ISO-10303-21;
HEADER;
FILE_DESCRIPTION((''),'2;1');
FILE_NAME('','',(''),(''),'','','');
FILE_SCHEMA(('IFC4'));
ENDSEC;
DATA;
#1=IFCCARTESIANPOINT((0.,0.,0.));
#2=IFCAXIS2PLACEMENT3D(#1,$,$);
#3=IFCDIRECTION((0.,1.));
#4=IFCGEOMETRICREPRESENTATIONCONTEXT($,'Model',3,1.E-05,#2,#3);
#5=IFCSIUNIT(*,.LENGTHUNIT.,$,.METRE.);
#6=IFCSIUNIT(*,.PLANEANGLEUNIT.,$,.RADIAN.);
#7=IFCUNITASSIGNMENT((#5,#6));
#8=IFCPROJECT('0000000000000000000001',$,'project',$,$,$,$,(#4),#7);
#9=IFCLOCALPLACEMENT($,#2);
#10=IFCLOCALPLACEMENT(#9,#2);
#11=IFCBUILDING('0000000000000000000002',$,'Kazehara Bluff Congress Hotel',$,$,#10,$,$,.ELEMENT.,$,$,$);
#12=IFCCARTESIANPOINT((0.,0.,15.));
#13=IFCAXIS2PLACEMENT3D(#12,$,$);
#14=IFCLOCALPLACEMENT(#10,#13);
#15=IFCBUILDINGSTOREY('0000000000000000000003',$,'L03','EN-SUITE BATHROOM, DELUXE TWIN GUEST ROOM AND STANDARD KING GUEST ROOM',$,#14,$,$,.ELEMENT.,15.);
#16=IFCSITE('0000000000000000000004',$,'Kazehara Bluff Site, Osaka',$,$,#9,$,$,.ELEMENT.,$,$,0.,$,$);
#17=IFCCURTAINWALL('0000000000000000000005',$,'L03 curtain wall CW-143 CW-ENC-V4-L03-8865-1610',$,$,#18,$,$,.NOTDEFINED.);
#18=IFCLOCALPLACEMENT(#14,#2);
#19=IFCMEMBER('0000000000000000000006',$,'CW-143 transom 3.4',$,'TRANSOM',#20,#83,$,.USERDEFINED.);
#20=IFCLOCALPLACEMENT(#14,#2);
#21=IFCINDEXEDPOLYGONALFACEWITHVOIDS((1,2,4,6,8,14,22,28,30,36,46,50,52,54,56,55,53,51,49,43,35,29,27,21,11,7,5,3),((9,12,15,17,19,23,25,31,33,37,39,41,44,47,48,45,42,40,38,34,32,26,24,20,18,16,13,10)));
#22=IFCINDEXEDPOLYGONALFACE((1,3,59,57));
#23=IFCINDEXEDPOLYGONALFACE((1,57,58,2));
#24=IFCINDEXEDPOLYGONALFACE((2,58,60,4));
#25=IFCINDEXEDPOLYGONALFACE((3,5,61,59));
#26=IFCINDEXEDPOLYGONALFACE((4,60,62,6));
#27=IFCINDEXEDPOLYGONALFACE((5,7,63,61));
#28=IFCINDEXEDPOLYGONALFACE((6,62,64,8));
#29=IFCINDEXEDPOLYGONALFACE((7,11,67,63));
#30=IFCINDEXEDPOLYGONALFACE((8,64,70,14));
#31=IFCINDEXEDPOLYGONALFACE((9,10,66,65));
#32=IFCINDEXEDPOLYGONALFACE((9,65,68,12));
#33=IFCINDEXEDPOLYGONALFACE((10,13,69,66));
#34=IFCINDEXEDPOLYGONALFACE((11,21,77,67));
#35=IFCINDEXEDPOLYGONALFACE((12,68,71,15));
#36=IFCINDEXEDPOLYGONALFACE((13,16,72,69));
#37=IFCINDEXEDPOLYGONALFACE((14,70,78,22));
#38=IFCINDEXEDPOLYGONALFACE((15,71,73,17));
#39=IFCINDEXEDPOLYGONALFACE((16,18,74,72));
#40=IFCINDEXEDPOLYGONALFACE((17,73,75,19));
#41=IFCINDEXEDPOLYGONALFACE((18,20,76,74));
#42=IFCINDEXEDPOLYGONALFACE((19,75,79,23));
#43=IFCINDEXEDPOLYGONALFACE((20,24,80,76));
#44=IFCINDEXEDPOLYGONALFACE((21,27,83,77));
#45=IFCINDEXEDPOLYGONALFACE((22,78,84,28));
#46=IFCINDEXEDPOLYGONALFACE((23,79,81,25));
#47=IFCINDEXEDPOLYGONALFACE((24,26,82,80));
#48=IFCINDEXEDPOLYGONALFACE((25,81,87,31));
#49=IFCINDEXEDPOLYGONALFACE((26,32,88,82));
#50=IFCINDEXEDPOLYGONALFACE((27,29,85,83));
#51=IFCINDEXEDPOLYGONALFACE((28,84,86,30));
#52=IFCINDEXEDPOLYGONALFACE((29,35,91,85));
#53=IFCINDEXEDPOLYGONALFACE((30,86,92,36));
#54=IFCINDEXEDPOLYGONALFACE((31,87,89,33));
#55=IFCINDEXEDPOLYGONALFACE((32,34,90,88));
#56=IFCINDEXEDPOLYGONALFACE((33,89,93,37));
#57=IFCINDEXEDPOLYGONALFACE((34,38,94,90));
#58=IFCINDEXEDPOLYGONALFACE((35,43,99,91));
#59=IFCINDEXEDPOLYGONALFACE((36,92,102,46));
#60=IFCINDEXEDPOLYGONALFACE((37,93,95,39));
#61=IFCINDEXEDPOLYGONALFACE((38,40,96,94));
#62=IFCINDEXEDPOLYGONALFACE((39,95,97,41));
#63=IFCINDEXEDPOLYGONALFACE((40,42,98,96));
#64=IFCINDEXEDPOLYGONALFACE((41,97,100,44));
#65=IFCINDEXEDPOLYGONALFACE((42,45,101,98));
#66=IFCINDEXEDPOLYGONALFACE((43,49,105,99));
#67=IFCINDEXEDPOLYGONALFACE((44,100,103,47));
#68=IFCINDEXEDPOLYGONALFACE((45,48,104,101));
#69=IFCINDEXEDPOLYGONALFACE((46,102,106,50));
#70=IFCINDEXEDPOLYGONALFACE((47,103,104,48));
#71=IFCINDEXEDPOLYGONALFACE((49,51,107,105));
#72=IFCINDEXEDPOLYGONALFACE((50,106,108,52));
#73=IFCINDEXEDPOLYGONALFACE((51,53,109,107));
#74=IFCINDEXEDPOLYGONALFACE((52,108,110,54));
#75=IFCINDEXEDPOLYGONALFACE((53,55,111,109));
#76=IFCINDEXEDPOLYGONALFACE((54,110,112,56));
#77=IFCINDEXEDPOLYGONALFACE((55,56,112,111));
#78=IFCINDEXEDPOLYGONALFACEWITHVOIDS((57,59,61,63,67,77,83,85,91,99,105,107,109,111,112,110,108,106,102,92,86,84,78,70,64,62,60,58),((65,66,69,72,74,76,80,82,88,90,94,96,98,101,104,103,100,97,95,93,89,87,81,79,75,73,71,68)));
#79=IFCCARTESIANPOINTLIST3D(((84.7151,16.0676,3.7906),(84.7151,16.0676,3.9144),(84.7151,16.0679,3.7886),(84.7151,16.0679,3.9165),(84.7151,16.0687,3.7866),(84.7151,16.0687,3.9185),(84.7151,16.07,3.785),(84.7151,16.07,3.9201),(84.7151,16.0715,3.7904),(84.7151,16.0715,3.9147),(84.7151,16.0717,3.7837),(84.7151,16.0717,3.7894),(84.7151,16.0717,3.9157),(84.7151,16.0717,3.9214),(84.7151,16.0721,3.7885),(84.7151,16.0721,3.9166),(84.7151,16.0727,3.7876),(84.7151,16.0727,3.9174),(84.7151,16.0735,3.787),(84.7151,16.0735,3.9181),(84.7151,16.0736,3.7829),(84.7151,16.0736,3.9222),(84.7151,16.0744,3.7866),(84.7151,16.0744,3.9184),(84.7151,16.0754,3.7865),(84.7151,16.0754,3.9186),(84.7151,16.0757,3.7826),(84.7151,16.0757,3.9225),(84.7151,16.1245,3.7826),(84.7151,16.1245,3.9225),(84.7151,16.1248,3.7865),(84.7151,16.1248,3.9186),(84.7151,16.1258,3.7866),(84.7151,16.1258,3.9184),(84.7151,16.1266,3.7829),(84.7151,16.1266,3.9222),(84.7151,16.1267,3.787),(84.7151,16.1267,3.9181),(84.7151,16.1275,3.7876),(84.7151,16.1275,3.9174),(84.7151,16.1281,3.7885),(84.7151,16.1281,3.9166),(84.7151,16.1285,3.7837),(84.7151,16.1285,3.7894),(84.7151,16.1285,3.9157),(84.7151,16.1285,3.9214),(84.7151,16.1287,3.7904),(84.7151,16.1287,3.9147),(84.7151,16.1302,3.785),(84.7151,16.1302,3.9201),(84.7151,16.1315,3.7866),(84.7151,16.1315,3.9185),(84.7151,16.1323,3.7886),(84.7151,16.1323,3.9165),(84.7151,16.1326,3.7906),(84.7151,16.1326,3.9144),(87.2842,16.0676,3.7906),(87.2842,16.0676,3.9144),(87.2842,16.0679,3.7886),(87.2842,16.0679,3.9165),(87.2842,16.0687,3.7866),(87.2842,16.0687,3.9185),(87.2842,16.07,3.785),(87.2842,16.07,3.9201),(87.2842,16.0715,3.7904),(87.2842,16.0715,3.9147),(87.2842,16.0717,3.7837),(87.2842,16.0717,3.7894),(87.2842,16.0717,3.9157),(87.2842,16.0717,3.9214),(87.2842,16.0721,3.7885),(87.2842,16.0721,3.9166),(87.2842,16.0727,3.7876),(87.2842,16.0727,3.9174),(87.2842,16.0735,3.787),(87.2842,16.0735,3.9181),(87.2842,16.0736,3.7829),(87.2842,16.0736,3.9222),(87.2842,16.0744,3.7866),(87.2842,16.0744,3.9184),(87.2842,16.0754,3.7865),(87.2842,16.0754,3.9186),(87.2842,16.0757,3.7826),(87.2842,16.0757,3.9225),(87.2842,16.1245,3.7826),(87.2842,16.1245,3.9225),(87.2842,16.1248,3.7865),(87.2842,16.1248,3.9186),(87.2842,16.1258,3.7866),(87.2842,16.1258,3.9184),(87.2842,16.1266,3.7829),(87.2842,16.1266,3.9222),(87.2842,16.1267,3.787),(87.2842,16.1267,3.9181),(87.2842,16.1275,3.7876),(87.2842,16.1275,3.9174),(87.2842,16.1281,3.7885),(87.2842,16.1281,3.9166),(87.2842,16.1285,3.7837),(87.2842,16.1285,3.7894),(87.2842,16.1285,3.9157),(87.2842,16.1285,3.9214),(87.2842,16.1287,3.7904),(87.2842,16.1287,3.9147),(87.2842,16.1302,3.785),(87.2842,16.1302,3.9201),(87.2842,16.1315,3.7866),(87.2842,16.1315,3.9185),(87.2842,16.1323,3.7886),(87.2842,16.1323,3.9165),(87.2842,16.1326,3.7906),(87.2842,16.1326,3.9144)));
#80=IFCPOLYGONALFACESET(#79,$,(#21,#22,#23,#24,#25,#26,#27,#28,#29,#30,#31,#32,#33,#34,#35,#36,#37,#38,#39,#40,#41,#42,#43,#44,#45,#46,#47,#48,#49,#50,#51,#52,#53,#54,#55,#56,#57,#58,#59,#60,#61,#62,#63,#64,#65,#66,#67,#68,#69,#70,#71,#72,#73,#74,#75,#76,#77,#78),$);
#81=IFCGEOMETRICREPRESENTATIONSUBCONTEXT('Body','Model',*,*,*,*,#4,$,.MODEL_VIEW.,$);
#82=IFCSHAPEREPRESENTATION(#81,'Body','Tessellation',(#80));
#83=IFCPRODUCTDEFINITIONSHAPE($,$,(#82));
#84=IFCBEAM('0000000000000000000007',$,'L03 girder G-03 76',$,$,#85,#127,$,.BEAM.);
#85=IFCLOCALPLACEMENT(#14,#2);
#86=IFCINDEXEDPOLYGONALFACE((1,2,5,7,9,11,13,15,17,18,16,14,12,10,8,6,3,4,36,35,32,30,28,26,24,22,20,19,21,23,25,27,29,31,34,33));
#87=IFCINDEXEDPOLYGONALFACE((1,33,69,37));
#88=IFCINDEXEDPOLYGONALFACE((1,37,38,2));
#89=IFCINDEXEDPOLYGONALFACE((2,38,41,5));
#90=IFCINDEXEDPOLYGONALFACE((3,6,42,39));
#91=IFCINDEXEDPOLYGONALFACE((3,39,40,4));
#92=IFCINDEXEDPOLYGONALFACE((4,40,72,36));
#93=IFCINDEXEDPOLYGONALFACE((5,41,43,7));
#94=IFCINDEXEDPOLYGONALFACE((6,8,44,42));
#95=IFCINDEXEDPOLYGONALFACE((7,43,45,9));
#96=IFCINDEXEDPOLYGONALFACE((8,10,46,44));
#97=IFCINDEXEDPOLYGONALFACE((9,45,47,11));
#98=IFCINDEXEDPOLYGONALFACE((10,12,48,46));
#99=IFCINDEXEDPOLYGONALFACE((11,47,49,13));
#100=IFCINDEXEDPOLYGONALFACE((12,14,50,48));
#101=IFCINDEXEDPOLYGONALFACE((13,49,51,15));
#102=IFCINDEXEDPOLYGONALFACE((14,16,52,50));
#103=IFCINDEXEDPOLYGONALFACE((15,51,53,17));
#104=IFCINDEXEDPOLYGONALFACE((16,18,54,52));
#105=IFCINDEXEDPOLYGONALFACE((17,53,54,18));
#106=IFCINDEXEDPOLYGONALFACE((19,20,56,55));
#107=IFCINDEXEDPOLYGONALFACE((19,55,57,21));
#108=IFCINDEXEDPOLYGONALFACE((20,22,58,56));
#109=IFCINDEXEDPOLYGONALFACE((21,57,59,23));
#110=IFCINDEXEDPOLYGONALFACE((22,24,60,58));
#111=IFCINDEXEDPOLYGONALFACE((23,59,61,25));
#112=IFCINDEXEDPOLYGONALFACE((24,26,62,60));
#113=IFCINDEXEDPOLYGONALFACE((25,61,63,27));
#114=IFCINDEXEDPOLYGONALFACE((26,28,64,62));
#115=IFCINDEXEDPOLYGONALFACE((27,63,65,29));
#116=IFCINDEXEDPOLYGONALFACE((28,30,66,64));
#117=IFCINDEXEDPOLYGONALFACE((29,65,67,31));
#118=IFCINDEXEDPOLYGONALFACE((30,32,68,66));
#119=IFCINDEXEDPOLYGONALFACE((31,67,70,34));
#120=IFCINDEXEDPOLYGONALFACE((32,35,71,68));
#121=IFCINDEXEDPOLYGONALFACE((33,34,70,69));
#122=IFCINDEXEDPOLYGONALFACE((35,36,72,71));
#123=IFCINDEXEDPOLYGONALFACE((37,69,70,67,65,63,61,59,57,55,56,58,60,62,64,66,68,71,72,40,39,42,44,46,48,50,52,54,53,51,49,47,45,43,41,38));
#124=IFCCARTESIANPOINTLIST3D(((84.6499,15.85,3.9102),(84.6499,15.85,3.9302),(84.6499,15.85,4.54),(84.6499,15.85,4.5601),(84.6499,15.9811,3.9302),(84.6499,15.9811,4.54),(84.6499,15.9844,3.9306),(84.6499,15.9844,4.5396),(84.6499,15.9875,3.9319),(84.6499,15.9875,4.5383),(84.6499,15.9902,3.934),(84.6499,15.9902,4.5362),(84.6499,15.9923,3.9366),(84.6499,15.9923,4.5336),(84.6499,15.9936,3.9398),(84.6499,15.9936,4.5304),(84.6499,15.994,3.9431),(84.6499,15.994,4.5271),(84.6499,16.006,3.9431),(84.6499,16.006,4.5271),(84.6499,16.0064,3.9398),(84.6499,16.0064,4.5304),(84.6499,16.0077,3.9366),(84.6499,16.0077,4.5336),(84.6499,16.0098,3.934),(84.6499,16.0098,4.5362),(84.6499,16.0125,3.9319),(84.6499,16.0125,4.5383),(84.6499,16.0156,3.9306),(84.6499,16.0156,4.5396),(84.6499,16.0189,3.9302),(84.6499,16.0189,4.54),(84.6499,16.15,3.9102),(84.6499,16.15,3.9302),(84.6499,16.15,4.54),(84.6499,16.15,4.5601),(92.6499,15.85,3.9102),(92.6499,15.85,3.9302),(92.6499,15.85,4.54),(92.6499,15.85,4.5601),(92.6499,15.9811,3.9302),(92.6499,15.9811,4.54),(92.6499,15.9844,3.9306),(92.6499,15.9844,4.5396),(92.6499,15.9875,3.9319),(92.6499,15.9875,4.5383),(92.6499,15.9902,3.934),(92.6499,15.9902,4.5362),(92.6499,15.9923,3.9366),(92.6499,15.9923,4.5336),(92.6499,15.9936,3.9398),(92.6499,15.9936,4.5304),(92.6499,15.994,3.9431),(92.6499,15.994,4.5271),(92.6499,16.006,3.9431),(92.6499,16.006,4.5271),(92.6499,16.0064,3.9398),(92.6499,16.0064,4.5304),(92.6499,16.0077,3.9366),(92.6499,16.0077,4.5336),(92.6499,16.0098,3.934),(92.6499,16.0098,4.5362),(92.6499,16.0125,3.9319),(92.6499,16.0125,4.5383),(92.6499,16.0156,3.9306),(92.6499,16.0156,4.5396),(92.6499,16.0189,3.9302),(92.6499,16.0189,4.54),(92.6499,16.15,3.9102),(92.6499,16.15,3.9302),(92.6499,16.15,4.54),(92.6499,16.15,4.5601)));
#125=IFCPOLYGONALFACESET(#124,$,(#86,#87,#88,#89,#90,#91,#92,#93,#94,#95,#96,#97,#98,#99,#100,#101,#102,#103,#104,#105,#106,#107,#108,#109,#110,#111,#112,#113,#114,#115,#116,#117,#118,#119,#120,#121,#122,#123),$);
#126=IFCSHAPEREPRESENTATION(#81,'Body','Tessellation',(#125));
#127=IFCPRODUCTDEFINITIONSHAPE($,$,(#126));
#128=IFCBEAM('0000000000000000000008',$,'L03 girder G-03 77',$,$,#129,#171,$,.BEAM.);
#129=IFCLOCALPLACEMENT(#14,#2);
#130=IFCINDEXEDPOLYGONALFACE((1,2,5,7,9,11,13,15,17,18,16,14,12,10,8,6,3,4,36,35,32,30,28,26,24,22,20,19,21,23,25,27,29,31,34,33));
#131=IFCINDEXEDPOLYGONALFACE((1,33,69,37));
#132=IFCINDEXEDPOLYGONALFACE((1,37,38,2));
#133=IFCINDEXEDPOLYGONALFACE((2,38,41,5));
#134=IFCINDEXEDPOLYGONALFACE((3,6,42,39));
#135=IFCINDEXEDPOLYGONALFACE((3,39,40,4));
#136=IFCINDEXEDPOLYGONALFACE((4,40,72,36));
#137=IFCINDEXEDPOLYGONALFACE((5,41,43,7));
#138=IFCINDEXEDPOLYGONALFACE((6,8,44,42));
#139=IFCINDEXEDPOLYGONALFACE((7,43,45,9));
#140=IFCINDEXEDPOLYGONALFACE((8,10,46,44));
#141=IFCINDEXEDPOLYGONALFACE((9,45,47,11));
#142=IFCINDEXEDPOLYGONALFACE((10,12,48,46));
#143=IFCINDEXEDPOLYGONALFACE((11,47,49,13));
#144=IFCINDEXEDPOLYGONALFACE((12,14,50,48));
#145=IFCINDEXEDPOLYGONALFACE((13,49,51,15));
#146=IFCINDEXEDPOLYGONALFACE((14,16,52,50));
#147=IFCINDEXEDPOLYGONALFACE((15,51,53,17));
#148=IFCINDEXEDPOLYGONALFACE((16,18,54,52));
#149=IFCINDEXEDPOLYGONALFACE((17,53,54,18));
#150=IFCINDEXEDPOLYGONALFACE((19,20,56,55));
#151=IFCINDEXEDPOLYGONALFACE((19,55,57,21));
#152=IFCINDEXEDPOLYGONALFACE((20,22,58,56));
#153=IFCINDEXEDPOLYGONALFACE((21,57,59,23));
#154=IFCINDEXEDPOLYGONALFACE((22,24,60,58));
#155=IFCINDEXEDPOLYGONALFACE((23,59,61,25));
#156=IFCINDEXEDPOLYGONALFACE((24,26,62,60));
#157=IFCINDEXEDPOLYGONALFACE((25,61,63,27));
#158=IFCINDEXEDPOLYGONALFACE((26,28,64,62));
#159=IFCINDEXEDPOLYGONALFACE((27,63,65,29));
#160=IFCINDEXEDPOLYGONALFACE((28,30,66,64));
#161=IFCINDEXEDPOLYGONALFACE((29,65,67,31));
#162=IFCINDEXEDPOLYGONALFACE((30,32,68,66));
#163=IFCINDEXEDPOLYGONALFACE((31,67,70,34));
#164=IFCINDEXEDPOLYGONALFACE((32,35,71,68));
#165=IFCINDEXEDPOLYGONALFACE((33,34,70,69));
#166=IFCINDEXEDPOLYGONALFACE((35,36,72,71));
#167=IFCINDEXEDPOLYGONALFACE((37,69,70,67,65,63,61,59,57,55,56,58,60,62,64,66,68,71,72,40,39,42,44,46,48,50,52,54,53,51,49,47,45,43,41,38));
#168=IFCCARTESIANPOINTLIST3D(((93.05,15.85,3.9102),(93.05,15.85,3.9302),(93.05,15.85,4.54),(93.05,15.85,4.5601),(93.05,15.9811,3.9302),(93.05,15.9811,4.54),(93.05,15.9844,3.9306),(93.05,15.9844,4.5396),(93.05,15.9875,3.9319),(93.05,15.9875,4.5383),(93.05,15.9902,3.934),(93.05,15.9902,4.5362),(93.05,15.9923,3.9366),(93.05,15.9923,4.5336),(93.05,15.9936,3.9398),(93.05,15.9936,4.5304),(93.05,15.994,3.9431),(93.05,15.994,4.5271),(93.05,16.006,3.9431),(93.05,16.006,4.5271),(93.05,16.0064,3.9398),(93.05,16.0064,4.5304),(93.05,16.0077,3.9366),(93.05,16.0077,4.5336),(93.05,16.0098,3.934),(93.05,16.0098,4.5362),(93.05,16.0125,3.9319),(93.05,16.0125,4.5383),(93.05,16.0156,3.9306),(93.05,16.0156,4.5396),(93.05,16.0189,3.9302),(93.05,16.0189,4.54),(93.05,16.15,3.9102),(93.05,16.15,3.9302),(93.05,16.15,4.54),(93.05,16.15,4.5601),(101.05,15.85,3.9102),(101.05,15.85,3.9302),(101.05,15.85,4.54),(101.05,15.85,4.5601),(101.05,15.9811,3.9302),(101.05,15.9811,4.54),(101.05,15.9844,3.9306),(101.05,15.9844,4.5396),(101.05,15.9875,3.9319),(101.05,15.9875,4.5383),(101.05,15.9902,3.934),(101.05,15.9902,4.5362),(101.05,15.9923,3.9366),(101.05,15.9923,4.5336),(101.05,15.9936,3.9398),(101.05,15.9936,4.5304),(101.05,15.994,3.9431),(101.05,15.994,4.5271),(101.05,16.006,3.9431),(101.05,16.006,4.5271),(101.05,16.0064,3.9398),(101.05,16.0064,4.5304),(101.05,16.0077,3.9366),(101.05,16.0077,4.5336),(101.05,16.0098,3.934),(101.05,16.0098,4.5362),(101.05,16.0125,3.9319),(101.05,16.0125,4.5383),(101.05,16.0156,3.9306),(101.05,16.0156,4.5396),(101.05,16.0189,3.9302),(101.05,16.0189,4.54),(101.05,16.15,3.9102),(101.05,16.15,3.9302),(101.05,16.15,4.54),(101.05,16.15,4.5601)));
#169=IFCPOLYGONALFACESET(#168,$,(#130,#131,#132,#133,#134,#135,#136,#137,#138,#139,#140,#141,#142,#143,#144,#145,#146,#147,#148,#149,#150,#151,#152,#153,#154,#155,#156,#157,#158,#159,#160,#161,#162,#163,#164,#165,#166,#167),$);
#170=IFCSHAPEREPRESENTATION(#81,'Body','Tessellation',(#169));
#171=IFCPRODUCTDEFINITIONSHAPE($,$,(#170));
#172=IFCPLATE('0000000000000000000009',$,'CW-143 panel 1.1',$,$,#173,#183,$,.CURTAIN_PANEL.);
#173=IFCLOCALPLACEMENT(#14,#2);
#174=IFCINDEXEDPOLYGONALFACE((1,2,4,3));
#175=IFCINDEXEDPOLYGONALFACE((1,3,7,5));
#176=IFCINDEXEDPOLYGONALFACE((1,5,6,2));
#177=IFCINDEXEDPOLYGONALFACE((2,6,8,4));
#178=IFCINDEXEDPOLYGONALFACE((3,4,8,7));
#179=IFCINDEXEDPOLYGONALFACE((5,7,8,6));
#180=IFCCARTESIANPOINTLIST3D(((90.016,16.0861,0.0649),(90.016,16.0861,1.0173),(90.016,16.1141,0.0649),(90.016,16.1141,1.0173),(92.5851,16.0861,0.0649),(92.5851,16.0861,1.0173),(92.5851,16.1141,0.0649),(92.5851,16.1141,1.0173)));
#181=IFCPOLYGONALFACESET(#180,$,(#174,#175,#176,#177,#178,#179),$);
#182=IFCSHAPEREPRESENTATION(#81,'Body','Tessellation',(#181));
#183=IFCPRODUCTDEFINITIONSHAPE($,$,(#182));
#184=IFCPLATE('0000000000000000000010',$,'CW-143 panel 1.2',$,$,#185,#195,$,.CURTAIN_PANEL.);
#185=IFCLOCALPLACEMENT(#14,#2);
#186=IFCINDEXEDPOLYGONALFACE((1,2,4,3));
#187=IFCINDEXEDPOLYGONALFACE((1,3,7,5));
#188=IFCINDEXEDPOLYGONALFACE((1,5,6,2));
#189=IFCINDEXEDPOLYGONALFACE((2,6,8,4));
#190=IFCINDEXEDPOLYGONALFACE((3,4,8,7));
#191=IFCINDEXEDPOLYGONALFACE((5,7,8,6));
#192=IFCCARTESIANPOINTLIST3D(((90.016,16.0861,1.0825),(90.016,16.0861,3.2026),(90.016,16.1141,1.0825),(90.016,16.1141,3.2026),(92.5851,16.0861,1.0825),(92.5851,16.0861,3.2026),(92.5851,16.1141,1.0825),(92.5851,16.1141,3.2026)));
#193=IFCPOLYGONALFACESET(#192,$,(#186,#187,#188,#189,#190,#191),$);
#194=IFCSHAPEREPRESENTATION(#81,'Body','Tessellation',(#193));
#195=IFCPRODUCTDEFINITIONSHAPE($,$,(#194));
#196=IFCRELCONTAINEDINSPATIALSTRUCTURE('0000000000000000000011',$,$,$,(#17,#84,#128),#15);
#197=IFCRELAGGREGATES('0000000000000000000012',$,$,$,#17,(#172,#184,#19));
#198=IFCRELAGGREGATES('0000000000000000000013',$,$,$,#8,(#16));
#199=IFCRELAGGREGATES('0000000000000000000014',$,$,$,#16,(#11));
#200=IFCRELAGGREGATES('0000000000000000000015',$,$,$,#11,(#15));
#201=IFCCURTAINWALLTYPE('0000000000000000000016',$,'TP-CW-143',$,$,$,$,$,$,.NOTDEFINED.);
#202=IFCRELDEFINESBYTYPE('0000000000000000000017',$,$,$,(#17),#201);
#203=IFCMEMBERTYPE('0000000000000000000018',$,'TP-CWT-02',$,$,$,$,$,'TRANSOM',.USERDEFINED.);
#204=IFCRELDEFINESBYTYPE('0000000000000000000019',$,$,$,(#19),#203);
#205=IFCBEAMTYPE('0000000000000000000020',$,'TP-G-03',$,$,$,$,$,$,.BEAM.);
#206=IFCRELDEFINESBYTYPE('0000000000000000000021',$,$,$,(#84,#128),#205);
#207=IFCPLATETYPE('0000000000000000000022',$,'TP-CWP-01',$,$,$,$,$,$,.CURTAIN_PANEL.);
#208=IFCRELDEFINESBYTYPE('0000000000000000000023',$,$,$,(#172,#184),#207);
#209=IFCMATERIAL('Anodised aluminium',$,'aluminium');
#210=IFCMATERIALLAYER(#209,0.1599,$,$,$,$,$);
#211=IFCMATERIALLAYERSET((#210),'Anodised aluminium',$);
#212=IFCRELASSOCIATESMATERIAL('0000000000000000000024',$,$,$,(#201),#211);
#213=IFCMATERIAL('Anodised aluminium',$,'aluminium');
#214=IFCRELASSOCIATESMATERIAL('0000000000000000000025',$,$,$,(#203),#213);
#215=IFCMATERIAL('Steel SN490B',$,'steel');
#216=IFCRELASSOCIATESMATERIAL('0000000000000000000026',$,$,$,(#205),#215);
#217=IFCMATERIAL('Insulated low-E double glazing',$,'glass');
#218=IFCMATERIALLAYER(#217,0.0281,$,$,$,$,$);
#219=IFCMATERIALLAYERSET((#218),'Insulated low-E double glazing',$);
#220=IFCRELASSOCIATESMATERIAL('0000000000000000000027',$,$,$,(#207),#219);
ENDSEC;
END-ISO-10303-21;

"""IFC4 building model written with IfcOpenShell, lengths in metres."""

from ifc_helpers import new_model, si_unit, direction, frame, origin, origin_2d, place, context, subcontext, project, spatial, rectangle, hollow_rectangle, i_section, extrude, material, layer, layer_set, material_profile, profile_set, type_object, element, aggregate, save


model = new_model("IFC4")

# Units and contexts
model_context = context("Model", 3, precision=1e-05, world=origin(), true_north=direction((0.0, 1.0)))
body_context = subcontext(model_context, "Body", "Model", "MODEL_VIEW")
ifc_project = project(units=[si_unit("LENGTHUNIT", "METRE"), si_unit("PLANEANGLEUNIT", "RADIAN")], contexts=[model_context])

# Site, building, storey
site_placement = place(None, origin())
site = spatial("IfcSite", under=ifc_project, at=site_placement, Name="Kazehara Bluff Site, Osaka", CompositionType="ELEMENT", RefElevation=0.0)
building_placement = place(site_placement, origin())
building = spatial("IfcBuilding", under=site, at=building_placement, Name="Kazehara Bluff Congress Hotel", CompositionType="ELEMENT")
storey_placement = place(building_placement, frame((0.0, 0.0, 15.0)))
storey = spatial("IfcBuildingStorey", under=building, at=storey_placement, Name="L03", Description="EN-SUITE BATHROOM, DELUXE TWIN GUEST ROOM AND STANDARD KING GUEST ROOM", CompositionType="ELEMENT", Elevation=15.0)

# Curtain wall, member
ifc_material_1 = material(Name="Anodised aluminium", Category="aluminium")
ifc_layer_1 = layer(ifc_material_1, 0.1599)
ifc_layer_set_1 = layer_set([ifc_layer_1], Name="Anodised aluminium")
curtain_wall_type = type_object("IfcCurtainWallType", Name="TP-CW-143", PredefinedType="NOTDEFINED", material=ifc_layer_set_1)
curtain_wall_placement = place(storey_placement, origin())
curtain_wall = element("IfcCurtainWall", 1, at=curtain_wall_placement, inside=storey, type_object=curtain_wall_type, Name="L03 curtain wall CW-143 CW-ENC-V4-L03-8865-1610", PredefinedType="NOTDEFINED")
ifc_material_2 = material(Name="Anodised aluminium", Category="aluminium")
ifc_material_profile_1 = material_profile(ifc_material_2, hollow_rectangle(XDim=0.0649, YDim=0.1399, WallThickness=0.0039, InnerFilletRadius=0.0039, OuterFilletRadius=0.0081, at=origin_2d()))
ifc_profile_set_1 = profile_set([ifc_material_profile_1], Name="Anodised aluminium")
member_type_1 = type_object("IfcMemberType", Name="TP-CWT-02", ElementType="TRANSOM", PredefinedType="USERDEFINED", material=ifc_profile_set_1)
member_1_placement = place(storey_placement, frame((87.2842, 16.1001, 3.8525), z_axis=(-1.0, 0.0, 0.0), x_axis=(0.0, -1.0, 0.0)))
member_1 = element("IfcMember", 2, at=member_1_placement, type_object=member_type_1, Name="CW-143 transom 3.4", ObjectType="TRANSOM", PredefinedType="USERDEFINED", context=body_context, shape_type="SweptSolid", body=[
    extrude(hollow_rectangle(XDim=0.0649, YDim=0.1399, WallThickness=0.0039, InnerFilletRadius=0.0039, OuterFilletRadius=0.0081, at=origin_2d()), origin(), (0.0, 0.0, 1.0), 2.5691),
])

# Beams
ifc_material_3 = material(Name="Steel SN490B", Category="steel")
ifc_material_profile_2 = material_profile(ifc_material_3, i_section(OverallWidth=0.3, OverallDepth=0.6499, WebThickness=0.012, FlangeThickness=0.02, FilletRadius=0.0129, at=origin_2d()))
ifc_profile_set_2 = profile_set([ifc_material_profile_2], Name="Steel SN490B")
beam_type = type_object("IfcBeamType", Name="TP-G-03", PredefinedType="BEAM", material=ifc_profile_set_2)
for number, where, z_axis, x_axis, name in (
    (3, (84.6499, 16.0, 4.2351), (1.0, 0.0, 0.0), (0.0, 1.0, 0.0), "L03 girder G-03 76"),
    (4, (93.05, 16.0, 4.2351), (1.0, 0.0, 0.0), (0.0, 1.0, 0.0), "L03 girder G-03 77"),
):
    element("IfcBeam", number, at=place(storey_placement, frame(where, z_axis=z_axis, x_axis=x_axis)), inside=storey, type_object=beam_type, Name=name, PredefinedType="BEAM", context=body_context, shape_type="SweptSolid", body=[
        extrude(i_section(OverallWidth=0.3, OverallDepth=0.6499, WebThickness=0.012, FlangeThickness=0.02, FilletRadius=0.0129, at=origin_2d()), origin(), (0.0, 0.0, 1.0), 8.0),
    ])

# Plates
ifc_material_4 = material(Name="Insulated low-E double glazing", Category="glass")
ifc_layer_2 = layer(ifc_material_4, 0.0281)
ifc_layer_set_2 = layer_set([ifc_layer_2], Name="Insulated low-E double glazing")
plate_type = type_object("IfcPlateType", Name="TP-CWP-01", PredefinedType="CURTAIN_PANEL", material=ifc_layer_set_2)
plate_1_placement = place(storey_placement, frame((91.3005, 16.1001, 0.0649), z_axis=(0.0, 0.0, 1.0), x_axis=(-1.0, 0.0, 0.0)))
plate_1 = element("IfcPlate", 5, at=plate_1_placement, type_object=plate_type, Name="CW-143 panel 1.1", PredefinedType="CURTAIN_PANEL", context=body_context, shape_type="SweptSolid", body=[
    extrude(rectangle(XDim=2.5691, YDim=0.0281, at=origin_2d()), origin(), (0.0, 0.0, 1.0), 0.9524),
])
plate_2_placement = place(storey_placement, frame((91.3005, 16.1001, 1.0825), z_axis=(0.0, 0.0, 1.0), x_axis=(-1.0, 0.0, 0.0)))
plate_2 = element("IfcPlate", 6, at=plate_2_placement, type_object=plate_type, Name="CW-143 panel 1.2", PredefinedType="CURTAIN_PANEL", context=body_context, shape_type="SweptSolid", body=[
    extrude(rectangle(XDim=2.5691, YDim=0.0281, at=origin_2d()), origin(), (0.0, 0.0, 1.0), 2.1201),
])
aggregate(curtain_wall, [plate_1, plate_2, member_1])

save(model, "model.ifc")
